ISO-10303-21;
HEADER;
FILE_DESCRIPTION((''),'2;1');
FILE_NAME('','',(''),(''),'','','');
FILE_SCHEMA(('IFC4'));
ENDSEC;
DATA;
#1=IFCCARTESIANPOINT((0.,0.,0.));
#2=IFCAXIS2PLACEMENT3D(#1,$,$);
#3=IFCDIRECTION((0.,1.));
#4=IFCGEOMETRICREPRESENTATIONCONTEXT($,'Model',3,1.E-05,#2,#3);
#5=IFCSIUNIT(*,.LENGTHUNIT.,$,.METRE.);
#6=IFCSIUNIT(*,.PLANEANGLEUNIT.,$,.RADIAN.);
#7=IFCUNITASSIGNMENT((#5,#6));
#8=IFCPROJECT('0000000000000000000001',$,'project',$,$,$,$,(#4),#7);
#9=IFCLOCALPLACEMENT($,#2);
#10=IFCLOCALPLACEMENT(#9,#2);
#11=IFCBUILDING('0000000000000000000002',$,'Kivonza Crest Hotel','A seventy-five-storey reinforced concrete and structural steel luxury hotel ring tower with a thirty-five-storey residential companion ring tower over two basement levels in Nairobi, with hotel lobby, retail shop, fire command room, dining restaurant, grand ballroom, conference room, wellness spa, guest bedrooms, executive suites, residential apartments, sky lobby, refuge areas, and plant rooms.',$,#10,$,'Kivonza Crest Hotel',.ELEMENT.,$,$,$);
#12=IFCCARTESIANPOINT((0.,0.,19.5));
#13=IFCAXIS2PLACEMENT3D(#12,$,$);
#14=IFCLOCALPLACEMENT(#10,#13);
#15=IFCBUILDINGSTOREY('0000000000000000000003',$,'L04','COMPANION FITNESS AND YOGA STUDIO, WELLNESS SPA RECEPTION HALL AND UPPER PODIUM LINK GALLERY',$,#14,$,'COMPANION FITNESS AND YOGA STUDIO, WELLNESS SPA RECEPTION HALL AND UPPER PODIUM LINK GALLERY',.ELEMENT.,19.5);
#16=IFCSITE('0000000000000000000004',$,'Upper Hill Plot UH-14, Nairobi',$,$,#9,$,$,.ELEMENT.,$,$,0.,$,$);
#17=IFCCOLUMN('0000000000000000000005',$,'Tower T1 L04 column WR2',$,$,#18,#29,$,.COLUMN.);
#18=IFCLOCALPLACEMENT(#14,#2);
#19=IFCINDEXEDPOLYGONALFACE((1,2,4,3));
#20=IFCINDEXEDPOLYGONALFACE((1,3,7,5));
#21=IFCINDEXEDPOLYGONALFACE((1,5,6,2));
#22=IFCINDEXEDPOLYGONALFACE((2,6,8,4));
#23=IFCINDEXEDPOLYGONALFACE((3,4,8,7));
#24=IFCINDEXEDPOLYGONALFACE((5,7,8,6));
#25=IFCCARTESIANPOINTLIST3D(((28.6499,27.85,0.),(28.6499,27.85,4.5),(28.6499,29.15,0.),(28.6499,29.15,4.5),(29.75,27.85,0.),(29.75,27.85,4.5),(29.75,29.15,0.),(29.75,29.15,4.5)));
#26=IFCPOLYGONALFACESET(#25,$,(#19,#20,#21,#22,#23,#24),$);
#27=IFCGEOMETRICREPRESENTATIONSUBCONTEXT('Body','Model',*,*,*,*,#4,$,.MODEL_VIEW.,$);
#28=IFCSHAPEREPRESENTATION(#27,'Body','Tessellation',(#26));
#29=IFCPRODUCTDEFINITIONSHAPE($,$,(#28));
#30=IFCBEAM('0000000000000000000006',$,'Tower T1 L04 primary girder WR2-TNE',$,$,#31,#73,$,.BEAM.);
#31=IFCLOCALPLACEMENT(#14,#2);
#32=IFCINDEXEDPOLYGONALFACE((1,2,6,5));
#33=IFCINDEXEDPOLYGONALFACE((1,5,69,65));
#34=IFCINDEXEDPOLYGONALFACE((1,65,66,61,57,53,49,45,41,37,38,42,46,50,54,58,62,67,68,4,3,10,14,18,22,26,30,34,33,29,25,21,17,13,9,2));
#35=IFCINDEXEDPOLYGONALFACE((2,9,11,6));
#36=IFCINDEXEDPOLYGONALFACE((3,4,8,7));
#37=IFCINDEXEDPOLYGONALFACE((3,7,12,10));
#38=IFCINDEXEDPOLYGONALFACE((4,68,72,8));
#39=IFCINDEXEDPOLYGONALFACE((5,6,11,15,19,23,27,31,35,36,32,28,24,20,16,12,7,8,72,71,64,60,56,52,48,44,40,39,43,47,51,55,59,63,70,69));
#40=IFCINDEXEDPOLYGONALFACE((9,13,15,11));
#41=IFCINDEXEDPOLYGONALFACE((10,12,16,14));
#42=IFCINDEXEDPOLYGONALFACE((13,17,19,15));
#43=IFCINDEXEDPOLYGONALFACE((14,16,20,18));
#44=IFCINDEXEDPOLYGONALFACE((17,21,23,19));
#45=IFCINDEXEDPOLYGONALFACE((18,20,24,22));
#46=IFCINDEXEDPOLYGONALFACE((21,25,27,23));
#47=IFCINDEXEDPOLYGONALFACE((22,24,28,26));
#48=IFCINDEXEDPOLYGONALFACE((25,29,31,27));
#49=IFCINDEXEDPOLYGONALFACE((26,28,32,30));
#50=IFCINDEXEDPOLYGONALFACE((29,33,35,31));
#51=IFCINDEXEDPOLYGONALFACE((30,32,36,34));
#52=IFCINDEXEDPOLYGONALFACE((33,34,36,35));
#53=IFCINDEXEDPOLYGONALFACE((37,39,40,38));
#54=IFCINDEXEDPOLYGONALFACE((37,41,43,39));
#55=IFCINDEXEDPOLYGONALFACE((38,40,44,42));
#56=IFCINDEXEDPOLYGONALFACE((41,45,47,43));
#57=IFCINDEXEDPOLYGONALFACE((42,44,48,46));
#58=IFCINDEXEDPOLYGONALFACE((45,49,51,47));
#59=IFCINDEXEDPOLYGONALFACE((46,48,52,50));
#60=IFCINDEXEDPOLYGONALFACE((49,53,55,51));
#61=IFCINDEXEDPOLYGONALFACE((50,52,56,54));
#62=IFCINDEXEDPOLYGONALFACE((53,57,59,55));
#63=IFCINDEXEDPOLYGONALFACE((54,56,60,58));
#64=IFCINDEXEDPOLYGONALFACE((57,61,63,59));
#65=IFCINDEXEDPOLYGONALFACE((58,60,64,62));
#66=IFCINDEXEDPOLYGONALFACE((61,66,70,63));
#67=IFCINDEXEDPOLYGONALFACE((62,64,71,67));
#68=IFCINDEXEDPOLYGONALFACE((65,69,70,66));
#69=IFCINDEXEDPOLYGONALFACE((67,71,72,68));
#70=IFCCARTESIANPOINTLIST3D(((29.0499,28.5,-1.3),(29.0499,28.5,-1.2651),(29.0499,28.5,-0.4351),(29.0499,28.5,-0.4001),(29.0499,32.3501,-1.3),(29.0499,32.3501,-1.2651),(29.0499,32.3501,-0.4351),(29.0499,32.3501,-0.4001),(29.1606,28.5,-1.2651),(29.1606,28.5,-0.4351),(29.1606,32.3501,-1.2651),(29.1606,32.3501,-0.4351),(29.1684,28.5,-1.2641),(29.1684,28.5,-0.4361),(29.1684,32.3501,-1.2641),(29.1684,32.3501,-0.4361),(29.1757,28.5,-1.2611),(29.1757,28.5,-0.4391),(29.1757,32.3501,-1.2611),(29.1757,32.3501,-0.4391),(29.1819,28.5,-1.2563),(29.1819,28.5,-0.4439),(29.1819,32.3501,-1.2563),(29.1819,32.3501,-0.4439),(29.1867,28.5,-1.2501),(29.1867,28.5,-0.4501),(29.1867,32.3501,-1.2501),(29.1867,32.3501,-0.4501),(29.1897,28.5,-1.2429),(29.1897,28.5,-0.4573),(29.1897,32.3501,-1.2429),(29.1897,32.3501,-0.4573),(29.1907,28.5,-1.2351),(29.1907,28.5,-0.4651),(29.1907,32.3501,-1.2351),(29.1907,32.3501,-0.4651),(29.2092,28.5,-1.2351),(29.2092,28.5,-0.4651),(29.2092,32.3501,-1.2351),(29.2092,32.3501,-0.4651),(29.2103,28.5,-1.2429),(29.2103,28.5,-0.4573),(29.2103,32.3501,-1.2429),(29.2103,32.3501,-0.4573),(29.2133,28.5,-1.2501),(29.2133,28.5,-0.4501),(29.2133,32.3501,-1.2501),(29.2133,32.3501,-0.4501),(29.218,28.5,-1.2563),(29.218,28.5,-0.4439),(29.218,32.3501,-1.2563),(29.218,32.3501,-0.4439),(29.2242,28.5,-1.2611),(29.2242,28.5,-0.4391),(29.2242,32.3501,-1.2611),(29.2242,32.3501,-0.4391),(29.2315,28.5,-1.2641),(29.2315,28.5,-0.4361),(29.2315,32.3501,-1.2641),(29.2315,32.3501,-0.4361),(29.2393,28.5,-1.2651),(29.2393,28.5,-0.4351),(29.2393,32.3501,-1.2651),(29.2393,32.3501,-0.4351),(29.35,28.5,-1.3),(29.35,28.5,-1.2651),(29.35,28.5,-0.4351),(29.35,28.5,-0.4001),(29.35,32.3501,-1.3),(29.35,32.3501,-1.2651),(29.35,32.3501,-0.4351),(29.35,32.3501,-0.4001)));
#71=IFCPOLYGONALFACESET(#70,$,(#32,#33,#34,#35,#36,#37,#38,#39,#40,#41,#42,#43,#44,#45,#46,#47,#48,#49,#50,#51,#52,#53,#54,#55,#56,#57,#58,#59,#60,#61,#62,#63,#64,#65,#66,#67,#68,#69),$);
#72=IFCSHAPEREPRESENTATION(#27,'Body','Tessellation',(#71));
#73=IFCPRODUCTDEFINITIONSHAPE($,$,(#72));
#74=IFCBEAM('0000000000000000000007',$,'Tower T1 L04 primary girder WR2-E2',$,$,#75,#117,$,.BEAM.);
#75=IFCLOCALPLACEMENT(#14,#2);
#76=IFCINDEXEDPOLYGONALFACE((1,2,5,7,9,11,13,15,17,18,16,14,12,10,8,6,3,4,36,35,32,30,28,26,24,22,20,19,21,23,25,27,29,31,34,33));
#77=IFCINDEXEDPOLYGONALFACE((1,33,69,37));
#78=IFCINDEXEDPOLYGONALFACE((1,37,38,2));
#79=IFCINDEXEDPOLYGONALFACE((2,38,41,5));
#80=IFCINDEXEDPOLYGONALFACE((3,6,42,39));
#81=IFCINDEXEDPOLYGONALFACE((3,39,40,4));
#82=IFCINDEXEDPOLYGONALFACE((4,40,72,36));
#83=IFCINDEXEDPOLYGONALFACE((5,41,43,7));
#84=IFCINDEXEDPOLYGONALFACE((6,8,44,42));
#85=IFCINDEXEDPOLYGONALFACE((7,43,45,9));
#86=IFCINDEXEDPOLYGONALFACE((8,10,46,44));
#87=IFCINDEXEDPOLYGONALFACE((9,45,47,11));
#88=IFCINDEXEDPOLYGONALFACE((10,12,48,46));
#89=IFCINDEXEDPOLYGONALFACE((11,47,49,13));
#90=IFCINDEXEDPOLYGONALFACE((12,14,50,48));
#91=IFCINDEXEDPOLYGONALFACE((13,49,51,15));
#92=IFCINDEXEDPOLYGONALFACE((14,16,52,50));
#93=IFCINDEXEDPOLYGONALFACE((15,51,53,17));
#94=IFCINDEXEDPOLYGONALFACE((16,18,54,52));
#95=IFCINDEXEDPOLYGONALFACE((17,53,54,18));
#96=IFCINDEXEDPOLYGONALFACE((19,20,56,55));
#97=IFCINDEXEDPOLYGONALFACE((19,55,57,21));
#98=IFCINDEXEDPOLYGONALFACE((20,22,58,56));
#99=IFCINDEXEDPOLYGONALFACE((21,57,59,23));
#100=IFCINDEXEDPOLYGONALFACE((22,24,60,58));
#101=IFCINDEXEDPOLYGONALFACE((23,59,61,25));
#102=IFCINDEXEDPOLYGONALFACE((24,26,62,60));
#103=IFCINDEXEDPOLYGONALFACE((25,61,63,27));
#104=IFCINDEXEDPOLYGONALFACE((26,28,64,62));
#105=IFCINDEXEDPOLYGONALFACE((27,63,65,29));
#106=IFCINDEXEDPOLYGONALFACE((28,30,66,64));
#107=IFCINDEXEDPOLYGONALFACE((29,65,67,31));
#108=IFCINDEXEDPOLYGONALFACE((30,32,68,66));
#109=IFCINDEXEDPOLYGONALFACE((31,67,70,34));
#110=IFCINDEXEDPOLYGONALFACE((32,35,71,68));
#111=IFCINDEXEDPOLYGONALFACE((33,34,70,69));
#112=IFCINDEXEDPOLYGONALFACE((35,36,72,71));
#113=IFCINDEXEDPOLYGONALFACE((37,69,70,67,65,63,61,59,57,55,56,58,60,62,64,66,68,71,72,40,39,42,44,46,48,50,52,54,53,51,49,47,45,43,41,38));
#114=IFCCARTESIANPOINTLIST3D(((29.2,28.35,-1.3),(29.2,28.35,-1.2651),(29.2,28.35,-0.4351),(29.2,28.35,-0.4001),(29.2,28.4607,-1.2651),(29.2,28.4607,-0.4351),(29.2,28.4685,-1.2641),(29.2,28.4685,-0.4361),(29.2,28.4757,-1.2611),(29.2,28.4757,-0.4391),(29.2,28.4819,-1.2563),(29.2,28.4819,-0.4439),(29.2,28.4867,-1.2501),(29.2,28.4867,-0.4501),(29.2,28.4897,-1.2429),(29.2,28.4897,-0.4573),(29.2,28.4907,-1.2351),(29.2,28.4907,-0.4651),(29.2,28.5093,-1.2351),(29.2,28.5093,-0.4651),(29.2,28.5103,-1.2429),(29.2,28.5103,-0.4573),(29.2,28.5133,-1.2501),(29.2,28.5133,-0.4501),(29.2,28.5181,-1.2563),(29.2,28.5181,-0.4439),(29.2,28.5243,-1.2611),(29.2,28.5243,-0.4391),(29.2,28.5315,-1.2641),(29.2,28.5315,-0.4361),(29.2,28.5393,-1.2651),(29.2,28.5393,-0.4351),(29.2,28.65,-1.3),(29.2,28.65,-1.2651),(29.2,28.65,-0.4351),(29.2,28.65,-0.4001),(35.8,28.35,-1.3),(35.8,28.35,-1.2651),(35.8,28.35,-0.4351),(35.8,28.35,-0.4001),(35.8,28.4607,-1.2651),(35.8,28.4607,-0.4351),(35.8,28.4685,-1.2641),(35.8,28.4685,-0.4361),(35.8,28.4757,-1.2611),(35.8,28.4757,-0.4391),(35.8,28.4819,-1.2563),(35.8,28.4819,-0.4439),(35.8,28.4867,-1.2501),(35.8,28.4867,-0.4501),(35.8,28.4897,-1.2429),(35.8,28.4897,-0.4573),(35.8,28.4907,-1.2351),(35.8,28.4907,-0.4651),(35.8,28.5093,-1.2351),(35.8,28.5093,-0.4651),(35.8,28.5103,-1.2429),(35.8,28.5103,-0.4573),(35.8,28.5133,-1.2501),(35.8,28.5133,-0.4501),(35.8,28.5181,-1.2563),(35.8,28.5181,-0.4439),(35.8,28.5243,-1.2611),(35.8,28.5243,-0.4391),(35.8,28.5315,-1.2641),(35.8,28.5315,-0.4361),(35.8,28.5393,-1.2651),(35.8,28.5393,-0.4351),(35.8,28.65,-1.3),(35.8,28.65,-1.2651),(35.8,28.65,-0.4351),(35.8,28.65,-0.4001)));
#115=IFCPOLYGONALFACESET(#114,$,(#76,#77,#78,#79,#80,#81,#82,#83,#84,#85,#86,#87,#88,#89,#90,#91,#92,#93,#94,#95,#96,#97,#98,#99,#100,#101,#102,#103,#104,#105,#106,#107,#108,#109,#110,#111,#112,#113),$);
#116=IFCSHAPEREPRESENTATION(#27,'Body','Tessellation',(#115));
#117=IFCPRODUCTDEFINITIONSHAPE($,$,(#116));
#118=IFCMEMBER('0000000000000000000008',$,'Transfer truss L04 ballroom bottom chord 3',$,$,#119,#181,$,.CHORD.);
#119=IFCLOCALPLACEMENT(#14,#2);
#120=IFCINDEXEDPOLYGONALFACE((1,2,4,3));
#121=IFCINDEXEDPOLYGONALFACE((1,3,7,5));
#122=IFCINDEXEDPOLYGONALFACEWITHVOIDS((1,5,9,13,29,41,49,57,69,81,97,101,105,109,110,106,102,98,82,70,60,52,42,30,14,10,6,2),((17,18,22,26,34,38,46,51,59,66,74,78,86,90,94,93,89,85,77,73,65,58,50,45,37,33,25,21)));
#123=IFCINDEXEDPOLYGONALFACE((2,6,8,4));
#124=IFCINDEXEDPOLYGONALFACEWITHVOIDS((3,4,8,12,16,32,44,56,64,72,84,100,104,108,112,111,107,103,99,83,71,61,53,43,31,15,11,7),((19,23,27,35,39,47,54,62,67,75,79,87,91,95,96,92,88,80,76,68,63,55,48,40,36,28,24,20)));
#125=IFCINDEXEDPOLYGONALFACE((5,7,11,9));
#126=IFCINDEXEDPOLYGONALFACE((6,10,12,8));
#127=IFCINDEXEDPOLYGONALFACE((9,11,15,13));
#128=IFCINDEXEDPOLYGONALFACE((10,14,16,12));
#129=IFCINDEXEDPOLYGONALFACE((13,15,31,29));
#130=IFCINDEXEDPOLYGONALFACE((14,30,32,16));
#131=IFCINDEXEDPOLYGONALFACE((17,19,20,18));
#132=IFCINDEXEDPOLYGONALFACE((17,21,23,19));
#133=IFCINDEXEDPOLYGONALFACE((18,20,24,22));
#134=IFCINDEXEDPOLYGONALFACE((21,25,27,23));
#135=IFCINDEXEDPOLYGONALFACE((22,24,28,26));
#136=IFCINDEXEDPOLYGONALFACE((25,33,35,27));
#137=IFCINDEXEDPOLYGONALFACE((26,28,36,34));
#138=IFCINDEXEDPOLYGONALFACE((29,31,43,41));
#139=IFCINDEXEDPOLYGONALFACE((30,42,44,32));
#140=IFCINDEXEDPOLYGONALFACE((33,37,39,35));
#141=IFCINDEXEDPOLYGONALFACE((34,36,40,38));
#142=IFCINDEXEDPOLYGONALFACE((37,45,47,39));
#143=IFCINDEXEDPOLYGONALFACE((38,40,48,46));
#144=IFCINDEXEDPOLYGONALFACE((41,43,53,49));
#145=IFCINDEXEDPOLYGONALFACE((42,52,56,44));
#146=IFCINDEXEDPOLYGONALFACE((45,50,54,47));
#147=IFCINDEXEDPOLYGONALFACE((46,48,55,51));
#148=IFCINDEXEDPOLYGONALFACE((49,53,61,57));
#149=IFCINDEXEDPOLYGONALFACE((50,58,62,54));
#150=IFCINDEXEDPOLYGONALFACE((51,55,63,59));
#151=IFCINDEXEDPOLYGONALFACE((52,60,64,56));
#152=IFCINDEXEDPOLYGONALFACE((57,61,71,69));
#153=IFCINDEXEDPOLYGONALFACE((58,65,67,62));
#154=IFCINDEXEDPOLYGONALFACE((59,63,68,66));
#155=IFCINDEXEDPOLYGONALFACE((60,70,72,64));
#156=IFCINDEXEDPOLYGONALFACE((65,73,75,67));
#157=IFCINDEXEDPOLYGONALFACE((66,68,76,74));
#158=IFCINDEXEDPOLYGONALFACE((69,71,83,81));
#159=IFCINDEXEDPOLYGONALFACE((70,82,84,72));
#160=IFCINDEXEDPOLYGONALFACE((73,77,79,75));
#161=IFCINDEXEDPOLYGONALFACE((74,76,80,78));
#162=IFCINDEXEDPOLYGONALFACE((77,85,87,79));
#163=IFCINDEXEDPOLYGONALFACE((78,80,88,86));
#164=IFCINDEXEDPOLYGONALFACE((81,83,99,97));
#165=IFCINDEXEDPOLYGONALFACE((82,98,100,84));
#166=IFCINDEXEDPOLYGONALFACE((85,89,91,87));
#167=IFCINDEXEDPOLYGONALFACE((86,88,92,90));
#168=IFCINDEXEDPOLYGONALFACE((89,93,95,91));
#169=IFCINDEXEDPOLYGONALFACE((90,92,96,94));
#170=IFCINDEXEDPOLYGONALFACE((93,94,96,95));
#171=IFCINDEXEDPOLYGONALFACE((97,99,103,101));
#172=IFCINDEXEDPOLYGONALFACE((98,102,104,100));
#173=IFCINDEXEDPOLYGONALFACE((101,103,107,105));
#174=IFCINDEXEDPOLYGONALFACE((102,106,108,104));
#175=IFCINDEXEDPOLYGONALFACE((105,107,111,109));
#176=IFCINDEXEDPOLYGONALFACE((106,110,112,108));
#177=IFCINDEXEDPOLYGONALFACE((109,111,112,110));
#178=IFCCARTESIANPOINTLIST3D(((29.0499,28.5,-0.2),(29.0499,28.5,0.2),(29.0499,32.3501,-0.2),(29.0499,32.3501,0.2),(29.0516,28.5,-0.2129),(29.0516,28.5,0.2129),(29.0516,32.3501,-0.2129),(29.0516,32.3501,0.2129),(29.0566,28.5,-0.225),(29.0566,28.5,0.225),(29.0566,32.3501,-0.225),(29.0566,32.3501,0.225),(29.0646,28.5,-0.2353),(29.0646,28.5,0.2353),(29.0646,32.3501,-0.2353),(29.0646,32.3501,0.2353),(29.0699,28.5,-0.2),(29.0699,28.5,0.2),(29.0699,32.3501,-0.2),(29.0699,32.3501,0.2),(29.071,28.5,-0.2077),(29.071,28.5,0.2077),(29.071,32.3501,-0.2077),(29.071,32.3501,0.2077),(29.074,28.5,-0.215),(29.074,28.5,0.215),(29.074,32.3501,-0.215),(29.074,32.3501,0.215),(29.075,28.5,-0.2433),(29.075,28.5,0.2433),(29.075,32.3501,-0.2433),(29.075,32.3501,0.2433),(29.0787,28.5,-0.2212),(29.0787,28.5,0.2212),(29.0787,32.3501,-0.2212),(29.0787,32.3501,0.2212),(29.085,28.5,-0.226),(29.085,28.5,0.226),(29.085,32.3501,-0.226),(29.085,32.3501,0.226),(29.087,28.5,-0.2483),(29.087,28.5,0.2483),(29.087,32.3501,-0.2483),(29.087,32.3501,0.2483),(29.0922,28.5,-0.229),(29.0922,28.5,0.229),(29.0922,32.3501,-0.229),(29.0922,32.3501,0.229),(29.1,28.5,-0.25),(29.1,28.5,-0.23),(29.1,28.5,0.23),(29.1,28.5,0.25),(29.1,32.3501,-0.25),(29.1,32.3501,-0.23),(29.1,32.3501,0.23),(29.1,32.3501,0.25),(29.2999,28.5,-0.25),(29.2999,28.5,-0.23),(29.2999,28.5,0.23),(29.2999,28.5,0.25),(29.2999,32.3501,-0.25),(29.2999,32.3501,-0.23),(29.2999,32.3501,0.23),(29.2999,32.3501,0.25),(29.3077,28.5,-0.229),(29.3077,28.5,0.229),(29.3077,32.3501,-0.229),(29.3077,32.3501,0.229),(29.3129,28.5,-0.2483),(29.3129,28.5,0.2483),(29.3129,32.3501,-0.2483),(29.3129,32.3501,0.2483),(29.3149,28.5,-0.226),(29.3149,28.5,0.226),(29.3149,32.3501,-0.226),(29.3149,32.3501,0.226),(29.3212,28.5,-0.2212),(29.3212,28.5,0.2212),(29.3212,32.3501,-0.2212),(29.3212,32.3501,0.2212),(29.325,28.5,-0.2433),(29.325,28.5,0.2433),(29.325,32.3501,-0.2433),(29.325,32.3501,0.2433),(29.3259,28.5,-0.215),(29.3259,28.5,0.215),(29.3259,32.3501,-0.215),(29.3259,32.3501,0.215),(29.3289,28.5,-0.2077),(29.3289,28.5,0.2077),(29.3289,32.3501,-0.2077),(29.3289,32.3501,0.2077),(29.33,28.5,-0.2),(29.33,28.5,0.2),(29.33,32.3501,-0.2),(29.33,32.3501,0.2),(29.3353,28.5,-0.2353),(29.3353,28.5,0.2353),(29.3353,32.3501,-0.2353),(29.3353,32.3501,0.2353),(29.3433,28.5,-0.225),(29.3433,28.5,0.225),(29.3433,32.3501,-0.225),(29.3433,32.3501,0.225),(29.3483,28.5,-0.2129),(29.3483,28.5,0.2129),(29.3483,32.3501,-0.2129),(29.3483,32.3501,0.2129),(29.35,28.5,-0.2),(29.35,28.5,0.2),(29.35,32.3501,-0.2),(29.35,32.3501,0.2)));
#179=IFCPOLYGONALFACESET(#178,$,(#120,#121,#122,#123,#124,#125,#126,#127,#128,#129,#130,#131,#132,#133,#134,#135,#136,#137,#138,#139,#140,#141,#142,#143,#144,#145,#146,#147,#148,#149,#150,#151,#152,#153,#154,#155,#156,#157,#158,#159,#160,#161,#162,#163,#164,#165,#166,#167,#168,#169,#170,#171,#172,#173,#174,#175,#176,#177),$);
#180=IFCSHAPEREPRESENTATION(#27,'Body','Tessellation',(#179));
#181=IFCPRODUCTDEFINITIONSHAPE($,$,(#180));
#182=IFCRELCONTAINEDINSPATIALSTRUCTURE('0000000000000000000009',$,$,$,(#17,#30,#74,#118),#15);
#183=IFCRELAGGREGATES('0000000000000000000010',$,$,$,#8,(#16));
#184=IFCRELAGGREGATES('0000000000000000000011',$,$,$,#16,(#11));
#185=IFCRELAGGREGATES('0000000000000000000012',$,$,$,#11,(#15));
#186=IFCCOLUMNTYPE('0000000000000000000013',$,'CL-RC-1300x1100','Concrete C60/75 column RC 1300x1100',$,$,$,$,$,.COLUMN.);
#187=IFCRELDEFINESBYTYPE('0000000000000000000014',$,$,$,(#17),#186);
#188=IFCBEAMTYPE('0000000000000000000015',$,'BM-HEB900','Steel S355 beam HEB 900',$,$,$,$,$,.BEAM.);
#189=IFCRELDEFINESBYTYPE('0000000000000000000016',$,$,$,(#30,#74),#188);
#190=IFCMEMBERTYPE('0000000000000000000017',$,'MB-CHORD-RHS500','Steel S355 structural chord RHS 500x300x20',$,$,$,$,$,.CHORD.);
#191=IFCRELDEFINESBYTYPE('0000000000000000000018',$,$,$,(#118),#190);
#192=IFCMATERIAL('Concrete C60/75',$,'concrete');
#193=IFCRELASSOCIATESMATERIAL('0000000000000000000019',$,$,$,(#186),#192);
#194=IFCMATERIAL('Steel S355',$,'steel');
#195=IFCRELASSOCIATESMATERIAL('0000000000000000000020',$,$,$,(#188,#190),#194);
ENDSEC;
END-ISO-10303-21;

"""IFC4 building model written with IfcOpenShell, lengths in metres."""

from ifc_helpers import new_model, si_unit, direction, frame, origin, origin_2d, place, context, subcontext, project, spatial, rectangle, hollow_rectangle, i_section, extrude, material, material_profile, profile_set, type_object, element, save


model = new_model("IFC4")

# Units and contexts
model_context = context("Model", 3, precision=1e-05, world=origin(), true_north=direction((0.0, 1.0)))
body_context = subcontext(model_context, "Body", "Model", "MODEL_VIEW")
ifc_project = project(units=[si_unit("LENGTHUNIT", "METRE"), si_unit("PLANEANGLEUNIT", "RADIAN")], contexts=[model_context])

# Site, building, storey
site_placement = place(None, origin())
site = spatial("IfcSite", under=ifc_project, at=site_placement, Name="Upper Hill Plot UH-14, Nairobi", CompositionType="ELEMENT", RefElevation=0.0)
building_placement = place(site_placement, origin())
building = spatial("IfcBuilding", under=site, at=building_placement, Name="Kivonza Crest Hotel", Description="A seventy-five-storey reinforced concrete and structural steel luxury hotel ring tower with a thirty-five-storey residential companion ring tower over two basement levels in Nairobi, with hotel lobby, retail shop, fire command room, dining restaurant, grand ballroom, conference room, wellness spa, guest bedrooms, executive suites, residential apartments, sky lobby, refuge areas, and plant rooms.", LongName="Kivonza Crest Hotel", CompositionType="ELEMENT")
storey_placement = place(building_placement, frame((0.0, 0.0, 19.5)))
storey = spatial("IfcBuildingStorey", under=building, at=storey_placement, Name="L04", Description="COMPANION FITNESS AND YOGA STUDIO, WELLNESS SPA RECEPTION HALL AND UPPER PODIUM LINK GALLERY", LongName="COMPANION FITNESS AND YOGA STUDIO, WELLNESS SPA RECEPTION HALL AND UPPER PODIUM LINK GALLERY", CompositionType="ELEMENT", Elevation=19.5)

# Column
ifc_material_1 = material(Name="Concrete C60/75", Category="concrete")
ifc_material_profile_1 = material_profile(ifc_material_1, rectangle(XDim=1.1001, YDim=1.3, at=origin_2d()), Name="RC 1300x1100")
ifc_profile_set_1 = profile_set([ifc_material_profile_1], Name="Concrete C60/75")
column_type = type_object("IfcColumnType", Name="CL-RC-1300x1100", Description="Concrete C60/75 column RC 1300x1100", PredefinedType="COLUMN", material=ifc_profile_set_1)
column_placement = place(storey_placement, frame((29.2, 28.5, 0.0), z_axis=(0.0, 0.0, 1.0), x_axis=(1.0, 0.0, 0.0)))
element("IfcColumn", 1, at=column_placement, inside=storey, type_object=column_type, Name="Tower T1 L04 column WR2", PredefinedType="COLUMN", context=body_context, shape_type="SweptSolid", body=[
    extrude(rectangle(XDim=1.1001, YDim=1.3, at=origin_2d()), origin(), (0.0, 0.0, 1.0), 4.5),
])

# Beams
ifc_material_2 = material(Name="Steel S355", Category="steel")
ifc_material_profile_2 = material_profile(ifc_material_2, i_section(OverallWidth=0.3, OverallDepth=0.8999, WebThickness=0.0186, FlangeThickness=0.0349, FilletRadius=0.03, at=origin_2d()), Name="HEB 900")
ifc_profile_set_2 = profile_set([ifc_material_profile_2], Name="Steel S355")
beam_type = type_object("IfcBeamType", Name="BM-HEB900", Description="Steel S355 beam HEB 900", PredefinedType="BEAM", material=ifc_profile_set_2)
beam_1_placement = place(storey_placement, frame((29.2, 28.5, -0.8501), z_axis=(0.0, 1.0, 0.0), x_axis=(-1.0, 0.0, 0.0)))
element("IfcBeam", 2, at=beam_1_placement, inside=storey, type_object=beam_type, Name="Tower T1 L04 primary girder WR2-TNE", PredefinedType="BEAM", context=body_context, shape_type="SweptSolid", body=[
    extrude(i_section(OverallWidth=0.3, OverallDepth=0.8999, WebThickness=0.0186, FlangeThickness=0.0349, FilletRadius=0.03, at=origin_2d()), origin(), (0.0, 0.0, 1.0), 3.8501),
])
beam_2_placement = place(storey_placement, frame((29.2, 28.5, -0.8501), z_axis=(1.0, 0.0, 0.0), x_axis=(0.0, 1.0, 0.0)))
element("IfcBeam", 3, at=beam_2_placement, inside=storey, type_object=beam_type, Name="Tower T1 L04 primary girder WR2-E2", PredefinedType="BEAM", context=body_context, shape_type="SweptSolid", body=[
    extrude(i_section(OverallWidth=0.3, OverallDepth=0.8999, WebThickness=0.0186, FlangeThickness=0.0349, FilletRadius=0.03, at=origin_2d()), origin(), (0.0, 0.0, 1.0), 6.6001),
])

# Member
ifc_material_profile_3 = material_profile(ifc_material_2, hollow_rectangle(XDim=0.3, YDim=0.5, WallThickness=0.02, InnerFilletRadius=0.03, OuterFilletRadius=0.05, at=origin_2d()), Name="RHS 500x300x20")
ifc_profile_set_3 = profile_set([ifc_material_profile_3], Name="Steel S355")
member_type = type_object("IfcMemberType", Name="MB-CHORD-RHS500", Description="Steel S355 structural chord RHS 500x300x20", PredefinedType="CHORD", material=ifc_profile_set_3)
for number, where, z_axis, x_axis, name in (
    (4, (29.2, 28.5, 0.0), (0.0, 1.0, 0.0), (-1.0, 0.0, 0.0), "Transfer truss L04 ballroom bottom chord 3"),
):
    element("IfcMember", number, at=place(storey_placement, frame(where, z_axis=z_axis, x_axis=x_axis)), inside=storey, type_object=member_type, Name=name, PredefinedType="CHORD", context=body_context, shape_type="SweptSolid", body=[
        extrude(hollow_rectangle(XDim=0.3, YDim=0.5, WallThickness=0.02, InnerFilletRadius=0.03, OuterFilletRadius=0.05, at=origin_2d()), origin(), (0.0, 0.0, 1.0), 3.8501),
    ])

save(model, "model.ifc")
